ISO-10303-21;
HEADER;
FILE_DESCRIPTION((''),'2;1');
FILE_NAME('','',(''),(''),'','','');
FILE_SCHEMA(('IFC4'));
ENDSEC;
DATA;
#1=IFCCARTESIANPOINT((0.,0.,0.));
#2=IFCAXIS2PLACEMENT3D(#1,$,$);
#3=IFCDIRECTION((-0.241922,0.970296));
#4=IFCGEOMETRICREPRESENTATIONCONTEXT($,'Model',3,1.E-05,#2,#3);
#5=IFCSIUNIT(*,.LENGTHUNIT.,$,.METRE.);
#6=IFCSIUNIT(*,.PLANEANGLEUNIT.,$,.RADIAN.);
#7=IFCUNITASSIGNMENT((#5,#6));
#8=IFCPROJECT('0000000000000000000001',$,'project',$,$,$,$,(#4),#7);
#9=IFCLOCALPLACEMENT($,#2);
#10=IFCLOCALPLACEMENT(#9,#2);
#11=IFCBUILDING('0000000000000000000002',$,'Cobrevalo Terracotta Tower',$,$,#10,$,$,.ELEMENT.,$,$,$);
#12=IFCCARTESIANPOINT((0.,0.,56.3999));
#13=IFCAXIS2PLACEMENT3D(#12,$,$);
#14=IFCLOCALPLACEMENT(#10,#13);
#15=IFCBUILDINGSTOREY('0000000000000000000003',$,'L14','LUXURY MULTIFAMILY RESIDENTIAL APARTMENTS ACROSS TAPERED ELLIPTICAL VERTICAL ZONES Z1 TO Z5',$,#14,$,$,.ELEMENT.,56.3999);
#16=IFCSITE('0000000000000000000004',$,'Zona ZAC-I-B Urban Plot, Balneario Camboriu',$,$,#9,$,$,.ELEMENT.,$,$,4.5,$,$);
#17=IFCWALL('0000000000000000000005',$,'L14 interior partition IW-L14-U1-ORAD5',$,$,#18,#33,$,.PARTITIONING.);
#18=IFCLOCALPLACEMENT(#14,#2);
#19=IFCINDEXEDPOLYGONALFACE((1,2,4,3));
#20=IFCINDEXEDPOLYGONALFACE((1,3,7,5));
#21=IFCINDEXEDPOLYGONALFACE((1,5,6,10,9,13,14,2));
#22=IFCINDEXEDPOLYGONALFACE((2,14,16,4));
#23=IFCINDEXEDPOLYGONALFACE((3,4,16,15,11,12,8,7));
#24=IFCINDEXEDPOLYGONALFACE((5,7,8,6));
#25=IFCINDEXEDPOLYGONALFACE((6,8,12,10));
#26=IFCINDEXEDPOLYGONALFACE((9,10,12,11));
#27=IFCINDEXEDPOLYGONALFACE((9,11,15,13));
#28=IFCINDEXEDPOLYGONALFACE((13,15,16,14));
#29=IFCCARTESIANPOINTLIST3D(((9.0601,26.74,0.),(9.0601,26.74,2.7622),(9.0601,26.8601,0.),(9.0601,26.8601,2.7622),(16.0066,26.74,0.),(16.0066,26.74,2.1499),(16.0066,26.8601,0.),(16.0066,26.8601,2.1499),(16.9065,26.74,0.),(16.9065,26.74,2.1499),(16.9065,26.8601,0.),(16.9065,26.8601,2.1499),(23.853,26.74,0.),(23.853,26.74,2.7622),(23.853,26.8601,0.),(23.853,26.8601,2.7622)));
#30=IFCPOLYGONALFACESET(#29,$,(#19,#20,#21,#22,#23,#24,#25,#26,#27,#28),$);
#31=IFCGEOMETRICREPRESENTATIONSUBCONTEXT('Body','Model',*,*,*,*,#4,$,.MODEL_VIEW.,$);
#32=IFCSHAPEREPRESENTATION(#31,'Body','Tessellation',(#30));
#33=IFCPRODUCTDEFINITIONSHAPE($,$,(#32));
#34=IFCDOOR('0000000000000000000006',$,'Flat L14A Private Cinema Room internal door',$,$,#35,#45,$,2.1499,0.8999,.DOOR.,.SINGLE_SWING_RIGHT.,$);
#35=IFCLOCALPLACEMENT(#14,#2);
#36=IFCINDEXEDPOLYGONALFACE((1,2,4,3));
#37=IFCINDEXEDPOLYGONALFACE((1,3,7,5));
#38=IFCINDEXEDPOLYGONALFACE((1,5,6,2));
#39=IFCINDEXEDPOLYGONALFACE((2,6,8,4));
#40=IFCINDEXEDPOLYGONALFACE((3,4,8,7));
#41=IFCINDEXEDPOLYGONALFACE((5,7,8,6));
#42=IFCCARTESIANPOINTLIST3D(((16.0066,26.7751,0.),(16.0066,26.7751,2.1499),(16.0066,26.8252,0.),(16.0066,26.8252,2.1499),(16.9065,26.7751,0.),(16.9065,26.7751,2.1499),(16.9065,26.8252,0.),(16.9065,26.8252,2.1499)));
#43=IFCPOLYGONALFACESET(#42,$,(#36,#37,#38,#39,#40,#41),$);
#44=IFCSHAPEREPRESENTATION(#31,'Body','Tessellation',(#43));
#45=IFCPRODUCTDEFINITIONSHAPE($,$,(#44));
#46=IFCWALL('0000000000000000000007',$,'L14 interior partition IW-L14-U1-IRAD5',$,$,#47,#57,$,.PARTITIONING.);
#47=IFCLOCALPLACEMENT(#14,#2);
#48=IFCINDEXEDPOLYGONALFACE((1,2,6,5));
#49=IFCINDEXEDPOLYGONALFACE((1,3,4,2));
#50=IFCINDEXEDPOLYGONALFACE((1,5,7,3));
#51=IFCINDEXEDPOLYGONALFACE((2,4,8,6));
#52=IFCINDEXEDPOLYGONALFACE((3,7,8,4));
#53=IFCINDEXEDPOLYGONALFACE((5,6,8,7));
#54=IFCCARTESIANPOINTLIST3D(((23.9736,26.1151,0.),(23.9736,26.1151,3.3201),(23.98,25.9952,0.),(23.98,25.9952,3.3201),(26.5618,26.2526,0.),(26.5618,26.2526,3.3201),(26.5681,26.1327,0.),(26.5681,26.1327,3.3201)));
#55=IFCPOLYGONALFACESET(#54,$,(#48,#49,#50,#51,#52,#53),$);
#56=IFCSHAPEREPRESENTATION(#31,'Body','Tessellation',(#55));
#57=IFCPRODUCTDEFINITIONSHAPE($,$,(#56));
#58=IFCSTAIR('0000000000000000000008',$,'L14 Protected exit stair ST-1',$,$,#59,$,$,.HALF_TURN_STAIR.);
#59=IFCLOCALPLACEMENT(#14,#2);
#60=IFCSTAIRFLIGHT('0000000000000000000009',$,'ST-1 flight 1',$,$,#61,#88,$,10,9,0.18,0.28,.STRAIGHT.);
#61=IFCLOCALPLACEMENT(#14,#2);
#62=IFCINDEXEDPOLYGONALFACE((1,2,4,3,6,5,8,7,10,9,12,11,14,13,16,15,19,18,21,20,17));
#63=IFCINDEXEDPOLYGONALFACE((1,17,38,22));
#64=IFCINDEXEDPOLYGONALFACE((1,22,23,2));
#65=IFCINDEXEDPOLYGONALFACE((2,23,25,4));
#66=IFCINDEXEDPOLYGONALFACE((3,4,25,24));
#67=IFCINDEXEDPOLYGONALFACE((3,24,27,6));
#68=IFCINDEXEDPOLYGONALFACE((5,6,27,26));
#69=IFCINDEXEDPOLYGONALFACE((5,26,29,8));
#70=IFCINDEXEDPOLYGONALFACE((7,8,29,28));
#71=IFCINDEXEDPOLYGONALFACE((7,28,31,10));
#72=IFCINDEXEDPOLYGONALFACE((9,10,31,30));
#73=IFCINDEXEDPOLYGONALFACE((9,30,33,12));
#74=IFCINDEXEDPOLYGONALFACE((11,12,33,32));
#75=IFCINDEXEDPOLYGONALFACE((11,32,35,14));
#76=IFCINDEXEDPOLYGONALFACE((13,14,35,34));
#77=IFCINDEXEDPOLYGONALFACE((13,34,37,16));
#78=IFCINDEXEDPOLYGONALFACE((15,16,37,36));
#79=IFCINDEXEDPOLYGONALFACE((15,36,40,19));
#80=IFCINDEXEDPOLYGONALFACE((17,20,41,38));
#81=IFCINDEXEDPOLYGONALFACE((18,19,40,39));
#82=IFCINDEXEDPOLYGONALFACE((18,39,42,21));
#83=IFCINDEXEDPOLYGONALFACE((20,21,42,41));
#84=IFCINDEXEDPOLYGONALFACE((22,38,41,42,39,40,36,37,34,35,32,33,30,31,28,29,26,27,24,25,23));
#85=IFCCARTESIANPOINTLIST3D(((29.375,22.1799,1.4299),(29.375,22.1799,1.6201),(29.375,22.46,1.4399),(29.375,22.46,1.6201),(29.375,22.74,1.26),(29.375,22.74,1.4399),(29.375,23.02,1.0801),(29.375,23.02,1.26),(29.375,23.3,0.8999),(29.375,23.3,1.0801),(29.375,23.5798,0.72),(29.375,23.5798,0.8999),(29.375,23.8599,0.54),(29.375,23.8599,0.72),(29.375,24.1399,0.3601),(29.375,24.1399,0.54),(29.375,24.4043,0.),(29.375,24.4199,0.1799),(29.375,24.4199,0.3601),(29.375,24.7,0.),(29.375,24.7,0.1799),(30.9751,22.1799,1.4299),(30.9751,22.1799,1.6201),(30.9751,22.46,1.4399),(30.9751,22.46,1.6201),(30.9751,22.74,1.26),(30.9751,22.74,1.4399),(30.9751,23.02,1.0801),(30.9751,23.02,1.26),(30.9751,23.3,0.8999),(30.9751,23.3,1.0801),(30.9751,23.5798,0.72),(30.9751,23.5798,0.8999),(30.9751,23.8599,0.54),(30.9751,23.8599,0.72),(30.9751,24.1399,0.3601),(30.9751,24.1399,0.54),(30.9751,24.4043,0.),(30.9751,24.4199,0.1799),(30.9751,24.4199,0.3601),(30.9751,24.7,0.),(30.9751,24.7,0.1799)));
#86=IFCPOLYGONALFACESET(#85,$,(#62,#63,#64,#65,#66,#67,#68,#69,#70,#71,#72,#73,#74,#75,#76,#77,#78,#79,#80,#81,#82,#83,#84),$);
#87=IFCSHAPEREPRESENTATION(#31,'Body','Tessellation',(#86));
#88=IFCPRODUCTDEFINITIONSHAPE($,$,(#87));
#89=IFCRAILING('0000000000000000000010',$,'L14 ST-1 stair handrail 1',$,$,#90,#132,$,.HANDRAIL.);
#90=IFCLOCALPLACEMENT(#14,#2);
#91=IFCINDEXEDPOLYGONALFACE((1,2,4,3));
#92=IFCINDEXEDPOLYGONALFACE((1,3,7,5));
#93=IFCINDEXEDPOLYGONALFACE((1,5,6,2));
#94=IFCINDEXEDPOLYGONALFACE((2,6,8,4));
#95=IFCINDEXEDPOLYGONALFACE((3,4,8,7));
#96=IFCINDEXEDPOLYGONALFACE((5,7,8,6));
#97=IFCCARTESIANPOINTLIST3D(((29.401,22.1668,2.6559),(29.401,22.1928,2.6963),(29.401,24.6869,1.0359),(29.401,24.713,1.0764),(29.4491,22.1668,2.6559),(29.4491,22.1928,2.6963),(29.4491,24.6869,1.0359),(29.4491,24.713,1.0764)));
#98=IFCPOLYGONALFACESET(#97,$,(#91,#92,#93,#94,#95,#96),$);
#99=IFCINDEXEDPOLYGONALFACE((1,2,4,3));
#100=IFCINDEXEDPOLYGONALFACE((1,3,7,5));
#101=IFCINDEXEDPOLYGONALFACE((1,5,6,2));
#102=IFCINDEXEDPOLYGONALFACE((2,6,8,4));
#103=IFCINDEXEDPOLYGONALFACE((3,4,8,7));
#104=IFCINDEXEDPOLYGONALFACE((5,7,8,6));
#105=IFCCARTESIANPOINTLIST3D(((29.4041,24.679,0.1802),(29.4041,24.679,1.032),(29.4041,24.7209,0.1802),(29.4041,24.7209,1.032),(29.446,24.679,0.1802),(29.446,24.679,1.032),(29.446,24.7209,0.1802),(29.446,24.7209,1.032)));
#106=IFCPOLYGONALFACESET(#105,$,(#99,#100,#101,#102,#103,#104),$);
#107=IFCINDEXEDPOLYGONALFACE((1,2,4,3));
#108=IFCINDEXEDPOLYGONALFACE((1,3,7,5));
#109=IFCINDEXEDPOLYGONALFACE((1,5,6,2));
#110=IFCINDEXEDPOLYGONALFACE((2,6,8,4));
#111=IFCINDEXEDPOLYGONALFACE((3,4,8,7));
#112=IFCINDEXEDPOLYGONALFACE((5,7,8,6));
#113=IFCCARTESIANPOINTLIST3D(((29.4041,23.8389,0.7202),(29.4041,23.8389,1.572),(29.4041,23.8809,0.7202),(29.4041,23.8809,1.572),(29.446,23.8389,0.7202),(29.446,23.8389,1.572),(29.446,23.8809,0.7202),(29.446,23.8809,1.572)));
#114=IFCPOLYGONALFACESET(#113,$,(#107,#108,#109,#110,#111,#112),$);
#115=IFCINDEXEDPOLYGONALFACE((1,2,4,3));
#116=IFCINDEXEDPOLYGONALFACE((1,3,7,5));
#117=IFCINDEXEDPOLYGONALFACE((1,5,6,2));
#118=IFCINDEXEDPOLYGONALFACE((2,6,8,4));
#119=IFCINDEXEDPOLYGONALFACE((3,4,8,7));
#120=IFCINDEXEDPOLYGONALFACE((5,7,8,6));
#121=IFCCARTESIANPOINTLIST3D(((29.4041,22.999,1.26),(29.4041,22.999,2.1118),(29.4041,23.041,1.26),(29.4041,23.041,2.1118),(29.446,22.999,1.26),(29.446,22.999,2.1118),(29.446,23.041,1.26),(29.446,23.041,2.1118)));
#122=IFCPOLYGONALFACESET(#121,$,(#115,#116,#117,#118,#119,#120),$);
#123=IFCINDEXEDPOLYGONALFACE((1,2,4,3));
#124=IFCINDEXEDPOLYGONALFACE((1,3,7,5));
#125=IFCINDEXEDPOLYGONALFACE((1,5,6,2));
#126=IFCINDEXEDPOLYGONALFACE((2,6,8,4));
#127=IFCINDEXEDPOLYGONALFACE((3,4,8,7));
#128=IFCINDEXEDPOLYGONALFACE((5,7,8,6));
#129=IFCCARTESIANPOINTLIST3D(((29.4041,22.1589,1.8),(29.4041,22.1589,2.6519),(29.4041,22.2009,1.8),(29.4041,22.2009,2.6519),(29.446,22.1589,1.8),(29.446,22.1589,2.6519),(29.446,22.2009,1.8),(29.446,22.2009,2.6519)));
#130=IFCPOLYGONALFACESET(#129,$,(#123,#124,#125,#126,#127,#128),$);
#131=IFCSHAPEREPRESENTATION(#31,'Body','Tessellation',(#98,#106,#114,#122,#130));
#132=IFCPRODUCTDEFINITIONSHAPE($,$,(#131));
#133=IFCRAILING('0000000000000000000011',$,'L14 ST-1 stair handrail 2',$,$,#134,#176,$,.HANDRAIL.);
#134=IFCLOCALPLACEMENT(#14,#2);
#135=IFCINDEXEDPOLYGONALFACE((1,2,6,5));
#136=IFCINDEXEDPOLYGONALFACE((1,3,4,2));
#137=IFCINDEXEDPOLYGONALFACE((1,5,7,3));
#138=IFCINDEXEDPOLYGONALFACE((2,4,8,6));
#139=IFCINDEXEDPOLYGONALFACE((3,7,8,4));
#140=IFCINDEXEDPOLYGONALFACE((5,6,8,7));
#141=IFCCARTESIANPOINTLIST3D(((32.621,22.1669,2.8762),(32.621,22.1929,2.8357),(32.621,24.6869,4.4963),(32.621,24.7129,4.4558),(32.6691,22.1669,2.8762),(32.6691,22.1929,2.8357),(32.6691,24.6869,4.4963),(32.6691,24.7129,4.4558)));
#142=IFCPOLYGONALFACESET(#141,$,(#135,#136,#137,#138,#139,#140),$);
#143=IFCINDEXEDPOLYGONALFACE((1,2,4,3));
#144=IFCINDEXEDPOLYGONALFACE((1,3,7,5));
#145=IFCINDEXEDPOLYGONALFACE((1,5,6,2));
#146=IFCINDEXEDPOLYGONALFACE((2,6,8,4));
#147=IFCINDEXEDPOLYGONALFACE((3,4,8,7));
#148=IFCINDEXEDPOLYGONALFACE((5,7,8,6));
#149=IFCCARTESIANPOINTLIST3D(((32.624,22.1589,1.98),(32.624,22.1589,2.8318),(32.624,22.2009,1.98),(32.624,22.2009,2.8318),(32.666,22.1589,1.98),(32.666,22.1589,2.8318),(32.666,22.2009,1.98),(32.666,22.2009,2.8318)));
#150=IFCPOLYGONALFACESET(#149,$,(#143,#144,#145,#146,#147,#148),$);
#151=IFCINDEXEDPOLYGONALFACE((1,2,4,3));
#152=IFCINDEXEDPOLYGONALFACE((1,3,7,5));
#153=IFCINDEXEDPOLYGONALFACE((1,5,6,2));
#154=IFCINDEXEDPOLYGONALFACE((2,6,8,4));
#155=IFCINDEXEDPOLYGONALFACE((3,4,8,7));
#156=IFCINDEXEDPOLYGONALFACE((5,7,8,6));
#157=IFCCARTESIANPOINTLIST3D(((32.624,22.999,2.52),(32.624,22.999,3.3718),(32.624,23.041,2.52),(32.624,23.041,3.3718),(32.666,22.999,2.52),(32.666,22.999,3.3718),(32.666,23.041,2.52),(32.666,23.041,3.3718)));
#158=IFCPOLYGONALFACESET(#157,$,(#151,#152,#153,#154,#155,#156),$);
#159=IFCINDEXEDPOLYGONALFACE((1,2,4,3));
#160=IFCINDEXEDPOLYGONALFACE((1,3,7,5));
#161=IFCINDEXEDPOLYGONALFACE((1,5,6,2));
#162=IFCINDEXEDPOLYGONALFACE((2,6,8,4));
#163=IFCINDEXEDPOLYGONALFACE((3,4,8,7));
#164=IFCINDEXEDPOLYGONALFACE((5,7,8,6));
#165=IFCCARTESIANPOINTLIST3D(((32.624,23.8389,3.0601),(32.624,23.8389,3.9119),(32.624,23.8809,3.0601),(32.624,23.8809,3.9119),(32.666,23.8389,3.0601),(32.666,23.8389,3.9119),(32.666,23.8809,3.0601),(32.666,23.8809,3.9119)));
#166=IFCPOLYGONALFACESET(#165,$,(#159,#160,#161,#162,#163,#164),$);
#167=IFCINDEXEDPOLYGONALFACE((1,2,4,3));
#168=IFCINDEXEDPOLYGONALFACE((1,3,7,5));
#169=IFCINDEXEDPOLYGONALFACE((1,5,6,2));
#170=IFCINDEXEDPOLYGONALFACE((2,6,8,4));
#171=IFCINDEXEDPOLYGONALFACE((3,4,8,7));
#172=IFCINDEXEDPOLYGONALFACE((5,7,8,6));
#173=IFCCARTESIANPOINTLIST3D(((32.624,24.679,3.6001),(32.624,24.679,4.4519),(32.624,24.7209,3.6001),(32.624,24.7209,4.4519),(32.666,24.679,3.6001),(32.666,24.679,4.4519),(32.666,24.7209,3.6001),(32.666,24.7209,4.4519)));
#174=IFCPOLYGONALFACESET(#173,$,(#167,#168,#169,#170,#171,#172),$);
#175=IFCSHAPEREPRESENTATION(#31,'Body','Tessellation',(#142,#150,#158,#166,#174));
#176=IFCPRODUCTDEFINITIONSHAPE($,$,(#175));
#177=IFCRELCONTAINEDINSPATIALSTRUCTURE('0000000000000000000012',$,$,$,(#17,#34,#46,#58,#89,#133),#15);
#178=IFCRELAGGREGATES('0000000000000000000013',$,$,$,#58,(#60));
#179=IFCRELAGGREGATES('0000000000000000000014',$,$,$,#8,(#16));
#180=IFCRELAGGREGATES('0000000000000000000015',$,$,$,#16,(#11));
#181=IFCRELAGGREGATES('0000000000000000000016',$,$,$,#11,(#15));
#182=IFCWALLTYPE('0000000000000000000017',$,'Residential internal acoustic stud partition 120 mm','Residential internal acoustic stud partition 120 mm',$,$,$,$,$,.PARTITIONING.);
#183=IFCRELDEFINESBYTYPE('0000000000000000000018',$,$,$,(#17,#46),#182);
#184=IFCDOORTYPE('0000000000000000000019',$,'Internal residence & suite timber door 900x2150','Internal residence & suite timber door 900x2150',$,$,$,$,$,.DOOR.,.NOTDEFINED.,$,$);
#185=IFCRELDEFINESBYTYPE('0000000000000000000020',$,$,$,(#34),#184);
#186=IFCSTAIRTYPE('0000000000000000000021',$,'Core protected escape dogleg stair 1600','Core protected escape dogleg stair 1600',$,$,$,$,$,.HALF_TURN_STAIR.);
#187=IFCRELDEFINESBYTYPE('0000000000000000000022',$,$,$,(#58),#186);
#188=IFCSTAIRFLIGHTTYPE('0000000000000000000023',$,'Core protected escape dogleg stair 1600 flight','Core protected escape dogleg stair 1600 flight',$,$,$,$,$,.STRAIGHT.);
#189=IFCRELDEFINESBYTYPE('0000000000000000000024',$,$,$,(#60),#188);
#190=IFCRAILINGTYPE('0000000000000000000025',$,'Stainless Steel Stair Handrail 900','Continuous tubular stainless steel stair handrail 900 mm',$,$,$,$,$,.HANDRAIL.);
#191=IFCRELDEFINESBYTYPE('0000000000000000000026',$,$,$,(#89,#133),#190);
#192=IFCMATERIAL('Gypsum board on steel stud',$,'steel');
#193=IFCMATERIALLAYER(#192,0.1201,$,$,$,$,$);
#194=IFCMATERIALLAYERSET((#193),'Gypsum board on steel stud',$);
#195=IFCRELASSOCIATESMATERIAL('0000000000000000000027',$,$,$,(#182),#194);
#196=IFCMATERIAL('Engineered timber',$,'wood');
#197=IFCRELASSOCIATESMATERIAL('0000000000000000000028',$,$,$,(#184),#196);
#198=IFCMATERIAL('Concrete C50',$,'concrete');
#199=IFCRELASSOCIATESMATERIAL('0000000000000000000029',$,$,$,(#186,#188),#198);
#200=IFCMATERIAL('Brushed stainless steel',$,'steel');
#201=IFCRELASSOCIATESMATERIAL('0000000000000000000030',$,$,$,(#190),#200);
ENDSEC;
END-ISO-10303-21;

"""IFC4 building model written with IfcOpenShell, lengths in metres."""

from ifc_helpers import new_model, si_unit, direction, frame, frame_2d, origin, origin_2d, place, context, subcontext, project, spatial, polyline, rectangle, outline, extrude, source, transform, mapped, material, layer, layer_set, type_object, element, fill, aggregate, save


model = new_model("IFC4")

# Units and contexts
model_context = context("Model", 3, precision=1e-05, world=origin(), true_north=direction((-0.241922, 0.970296)))
body_context = subcontext(model_context, "Body", "Model", "MODEL_VIEW")
ifc_project = project(units=[si_unit("LENGTHUNIT", "METRE"), si_unit("PLANEANGLEUNIT", "RADIAN")], contexts=[model_context])

# Site, building, storey
site_placement = place(None, origin())
site = spatial("IfcSite", under=ifc_project, at=site_placement, Name="Zona ZAC-I-B Urban Plot, Balneario Camboriu", CompositionType="ELEMENT", RefElevation=4.5)
building_placement = place(site_placement, origin())
building = spatial("IfcBuilding", under=site, at=building_placement, Name="Cobrevalo Terracotta Tower", CompositionType="ELEMENT")
storey_placement = place(building_placement, frame((0.0, 0.0, 56.3999)))
storey = spatial("IfcBuildingStorey", under=building, at=storey_placement, Name="L14", Description="LUXURY MULTIFAMILY RESIDENTIAL APARTMENTS ACROSS TAPERED ELLIPTICAL VERTICAL ZONES Z1 TO Z5", CompositionType="ELEMENT", Elevation=56.3999)

# Shared definitions
ifc_material_1 = material(Name="Gypsum board on steel stud", Category="steel")

# Shared definitions
ifc_material_2 = material(Name="Brushed stainless steel", Category="steel")

# Wall, opening, door
ifc_layer_1 = layer(ifc_material_1, 0.1201)
ifc_layer_set_1 = layer_set([ifc_layer_1], Name="Gypsum board on steel stud")
wall_type_1 = type_object("IfcWallType", Name="Residential internal acoustic stud partition 120 mm", Description="Residential internal acoustic stud partition 120 mm", PredefinedType="PARTITIONING", material=ifc_layer_set_1)
ifc_material_3 = material(Name="Engineered timber", Category="wood")
door_type_1 = type_object("IfcDoorType", Name="Internal residence & suite timber door 900x2150", Description="Internal residence & suite timber door 900x2150", OperationType="NOTDEFINED", PredefinedType="DOOR", material=ifc_material_3)
shared_shape_1 = source(origin(), body_context, "Body", "SweptSolid", [
    extrude(rectangle(XDim=0.8999, YDim=2.1499, at=frame_2d((0.45, 1.075))), frame((0.0, 0.0249, 0.0), z_axis=(0.0, -1.0, 0.0), x_axis=(1.0, 0.0, 0.0)), (0.0, 0.0, 1.0), 0.05),
])
wall_1_placement = place(storey_placement, frame((23.853, 26.8, 0.0), z_axis=(0.0, 0.0, 1.0), x_axis=(-1.0, 0.0, 0.0)))
wall_1 = element("IfcWall", 1, at=wall_1_placement, inside=storey, type_object=wall_type_1, Name="L14 interior partition IW-L14-U1-ORAD5", PredefinedType="PARTITIONING", context=body_context, shape_type="SweptSolid", body=[
    extrude(rectangle(XDim=14.793, YDim=0.1201, at=frame_2d((7.3965, 0.0))), origin(), (0.0, 0.0, 1.0), 2.7622),
])
opening_1_placement = place(wall_1_placement, frame((6.9465, 0.0, 0.0)))
opening_1 = element("IfcOpeningElement", 2, at=opening_1_placement, cuts=wall_1, PredefinedType="OPENING", context=body_context, shape_type="SweptSolid", body=[
    extrude(rectangle(XDim=0.8999, YDim=2.1499, at=frame_2d((0.45, 1.075))), frame((0.0, 0.0701, 0.0), z_axis=(0.0, -1.0, 0.0), x_axis=(1.0, 0.0, 0.0)), (0.0, 0.0, 1.0), 0.1401),
])
door_1_placement = place(opening_1_placement, origin())
door_1 = element("IfcDoor", 3, at=door_1_placement, inside=storey, type_object=door_type_1, Name="Flat L14A Private Cinema Room internal door", OperationType="SINGLE_SWING_RIGHT", OverallHeight=2.1499, OverallWidth=0.8999, PredefinedType="DOOR", context=body_context, shape_type="MappedRepresentation", body=[
    mapped(shared_shape_1, transform((0.0, 0.0, 0.0), scale=1.0)),
])
fill(opening_1, door_1)

# Wall
wall_2_placement = place(storey_placement, frame((26.5649, 26.1926, 0.0), z_axis=(0.0, 0.0, 1.0), x_axis=(-0.998593, -0.053033, 0.0)))
element("IfcWall", 4, at=wall_2_placement, inside=storey, type_object=wall_type_1, Name="L14 interior partition IW-L14-U1-IRAD5", PredefinedType="PARTITIONING", context=body_context, shape_type="SweptSolid", body=[
    extrude(rectangle(XDim=2.5918, YDim=0.1201, at=frame_2d((1.2959, 0.0))), origin(), (0.0, 0.0, 1.0), 3.3201),
])

# Shared definitions
ifc_material_4 = material(Name="Concrete C50", Category="concrete")

# Stair, stair flight
stair_type = type_object("IfcStairType", Name="Core protected escape dogleg stair 1600", Description="Core protected escape dogleg stair 1600", PredefinedType="HALF_TURN_STAIR", material=ifc_material_4)
stair_placement = place(storey_placement, origin())
stair = element("IfcStair", 5, at=stair_placement, inside=storey, type_object=stair_type, Name="L14 Protected exit stair ST-1", PredefinedType="HALF_TURN_STAIR")
stair_flight_type = type_object("IfcStairFlightType", Name="Core protected escape dogleg stair 1600 flight", Description="Core protected escape dogleg stair 1600 flight", PredefinedType="STRAIGHT", material=ifc_material_4)
stair_flight_placement = place(storey_placement, frame((30.175, 24.7, 0.0), z_axis=(0.0, 0.0, 1.0), x_axis=(0.0, -1.0, 0.0)))
stair_flight = element("IfcStairFlight", 6, at=stair_flight_placement, type_object=stair_flight_type, Name="ST-1 flight 1", NumberOfRisers=10, NumberOfTreads=9, PredefinedType="STRAIGHT", RiserHeight=0.18, TreadLength=0.28, context=body_context, shape_type="SweptSolid", body=[
    extrude(outline(polyline([(0.0, 0.0), (0.0, 0.1799), (0.28, 0.1799), (0.28, 0.3601), (0.5601, 0.3601), (0.5601, 0.54), (0.8401, 0.54), (0.8401, 0.72), (1.1201, 0.72), (1.1201, 0.8999), (1.3999, 0.8999), (1.3999, 1.0801), (1.6799, 1.0801), (1.6799, 1.26), (1.96, 1.26), (1.96, 1.4399), (2.24, 1.4399), (2.24, 1.6201), (2.52, 1.6201), (2.52, 1.8), (2.52, 1.4299), (0.2957, 0.0), (0.0, 0.0)])), frame((0.0, 0.8, 0.0), z_axis=(0.0, -1.0, 0.0), x_axis=(1.0, 0.0, 0.0)), (0.0, 0.0, 1.0), 1.6001),
])
aggregate(stair, [stair_flight])

# Railings
railing_type_1 = type_object("IfcRailingType", Name="Stainless Steel Stair Handrail 900", Description="Continuous tubular stainless steel stair handrail 900 mm", PredefinedType="HANDRAIL", material=ifc_material_2)
railing_1_placement = place(storey_placement, frame((29.425, 24.7, 0.1802)))
element("IfcRailing", 7, at=railing_1_placement, inside=storey, type_object=railing_type_1, Name="L14 ST-1 stair handrail 1", PredefinedType="HANDRAIL", context=body_context, shape_type="SweptSolid", body=[
    extrude(rectangle(XDim=0.0481, YDim=0.0481, at=origin_2d()), frame((0.0, 0.0, 0.876), z_axis=(0.0, -0.8412, 0.540725), x_axis=(1.0, 0.0, 0.0)), (0.0, 0.0, 1.0), 2.9958),
    extrude(rectangle(XDim=0.042, YDim=0.042, at=origin_2d()), origin(), (0.0, 0.0, 1.0), 0.8518),
    extrude(rectangle(XDim=0.042, YDim=0.042, at=origin_2d()), frame((0.0, -0.8401, 0.54)), (0.0, 0.0, 1.0), 0.8518),
    extrude(rectangle(XDim=0.042, YDim=0.042, at=origin_2d()), frame((0.0, -1.6799, 1.0798)), (0.0, 0.0, 1.0), 0.8518),
    extrude(rectangle(XDim=0.042, YDim=0.042, at=origin_2d()), frame((0.0, -2.52, 1.6199)), (0.0, 0.0, 1.0), 0.8518),
])
railing_2_placement = place(storey_placement, frame((32.645, 22.1799, 1.98)))
element("IfcRailing", 8, at=railing_2_placement, inside=storey, type_object=railing_type_1, Name="L14 ST-1 stair handrail 2", PredefinedType="HANDRAIL", context=body_context, shape_type="SweptSolid", body=[
    extrude(rectangle(XDim=0.0481, YDim=0.0481, at=origin_2d()), frame((0.0, 0.0, 0.876), z_axis=(0.0, 0.841163, 0.540782), x_axis=(-1.0, 0.0, 0.0)), (0.0, 0.0, 1.0), 2.9958),
    extrude(rectangle(XDim=0.042, YDim=0.042, at=origin_2d()), origin(), (0.0, 0.0, 1.0), 0.8518),
    extrude(rectangle(XDim=0.042, YDim=0.042, at=origin_2d()), frame((0.0, 0.8401, 0.54)), (0.0, 0.0, 1.0), 0.8518),
    extrude(rectangle(XDim=0.042, YDim=0.042, at=origin_2d()), frame((0.0, 1.6799, 1.0801)), (0.0, 0.0, 1.0), 0.8518),
    extrude(rectangle(XDim=0.042, YDim=0.042, at=origin_2d()), frame((0.0, 2.52, 1.6201)), (0.0, 0.0, 1.0), 0.8518),
])

save(model, "model.ifc")
